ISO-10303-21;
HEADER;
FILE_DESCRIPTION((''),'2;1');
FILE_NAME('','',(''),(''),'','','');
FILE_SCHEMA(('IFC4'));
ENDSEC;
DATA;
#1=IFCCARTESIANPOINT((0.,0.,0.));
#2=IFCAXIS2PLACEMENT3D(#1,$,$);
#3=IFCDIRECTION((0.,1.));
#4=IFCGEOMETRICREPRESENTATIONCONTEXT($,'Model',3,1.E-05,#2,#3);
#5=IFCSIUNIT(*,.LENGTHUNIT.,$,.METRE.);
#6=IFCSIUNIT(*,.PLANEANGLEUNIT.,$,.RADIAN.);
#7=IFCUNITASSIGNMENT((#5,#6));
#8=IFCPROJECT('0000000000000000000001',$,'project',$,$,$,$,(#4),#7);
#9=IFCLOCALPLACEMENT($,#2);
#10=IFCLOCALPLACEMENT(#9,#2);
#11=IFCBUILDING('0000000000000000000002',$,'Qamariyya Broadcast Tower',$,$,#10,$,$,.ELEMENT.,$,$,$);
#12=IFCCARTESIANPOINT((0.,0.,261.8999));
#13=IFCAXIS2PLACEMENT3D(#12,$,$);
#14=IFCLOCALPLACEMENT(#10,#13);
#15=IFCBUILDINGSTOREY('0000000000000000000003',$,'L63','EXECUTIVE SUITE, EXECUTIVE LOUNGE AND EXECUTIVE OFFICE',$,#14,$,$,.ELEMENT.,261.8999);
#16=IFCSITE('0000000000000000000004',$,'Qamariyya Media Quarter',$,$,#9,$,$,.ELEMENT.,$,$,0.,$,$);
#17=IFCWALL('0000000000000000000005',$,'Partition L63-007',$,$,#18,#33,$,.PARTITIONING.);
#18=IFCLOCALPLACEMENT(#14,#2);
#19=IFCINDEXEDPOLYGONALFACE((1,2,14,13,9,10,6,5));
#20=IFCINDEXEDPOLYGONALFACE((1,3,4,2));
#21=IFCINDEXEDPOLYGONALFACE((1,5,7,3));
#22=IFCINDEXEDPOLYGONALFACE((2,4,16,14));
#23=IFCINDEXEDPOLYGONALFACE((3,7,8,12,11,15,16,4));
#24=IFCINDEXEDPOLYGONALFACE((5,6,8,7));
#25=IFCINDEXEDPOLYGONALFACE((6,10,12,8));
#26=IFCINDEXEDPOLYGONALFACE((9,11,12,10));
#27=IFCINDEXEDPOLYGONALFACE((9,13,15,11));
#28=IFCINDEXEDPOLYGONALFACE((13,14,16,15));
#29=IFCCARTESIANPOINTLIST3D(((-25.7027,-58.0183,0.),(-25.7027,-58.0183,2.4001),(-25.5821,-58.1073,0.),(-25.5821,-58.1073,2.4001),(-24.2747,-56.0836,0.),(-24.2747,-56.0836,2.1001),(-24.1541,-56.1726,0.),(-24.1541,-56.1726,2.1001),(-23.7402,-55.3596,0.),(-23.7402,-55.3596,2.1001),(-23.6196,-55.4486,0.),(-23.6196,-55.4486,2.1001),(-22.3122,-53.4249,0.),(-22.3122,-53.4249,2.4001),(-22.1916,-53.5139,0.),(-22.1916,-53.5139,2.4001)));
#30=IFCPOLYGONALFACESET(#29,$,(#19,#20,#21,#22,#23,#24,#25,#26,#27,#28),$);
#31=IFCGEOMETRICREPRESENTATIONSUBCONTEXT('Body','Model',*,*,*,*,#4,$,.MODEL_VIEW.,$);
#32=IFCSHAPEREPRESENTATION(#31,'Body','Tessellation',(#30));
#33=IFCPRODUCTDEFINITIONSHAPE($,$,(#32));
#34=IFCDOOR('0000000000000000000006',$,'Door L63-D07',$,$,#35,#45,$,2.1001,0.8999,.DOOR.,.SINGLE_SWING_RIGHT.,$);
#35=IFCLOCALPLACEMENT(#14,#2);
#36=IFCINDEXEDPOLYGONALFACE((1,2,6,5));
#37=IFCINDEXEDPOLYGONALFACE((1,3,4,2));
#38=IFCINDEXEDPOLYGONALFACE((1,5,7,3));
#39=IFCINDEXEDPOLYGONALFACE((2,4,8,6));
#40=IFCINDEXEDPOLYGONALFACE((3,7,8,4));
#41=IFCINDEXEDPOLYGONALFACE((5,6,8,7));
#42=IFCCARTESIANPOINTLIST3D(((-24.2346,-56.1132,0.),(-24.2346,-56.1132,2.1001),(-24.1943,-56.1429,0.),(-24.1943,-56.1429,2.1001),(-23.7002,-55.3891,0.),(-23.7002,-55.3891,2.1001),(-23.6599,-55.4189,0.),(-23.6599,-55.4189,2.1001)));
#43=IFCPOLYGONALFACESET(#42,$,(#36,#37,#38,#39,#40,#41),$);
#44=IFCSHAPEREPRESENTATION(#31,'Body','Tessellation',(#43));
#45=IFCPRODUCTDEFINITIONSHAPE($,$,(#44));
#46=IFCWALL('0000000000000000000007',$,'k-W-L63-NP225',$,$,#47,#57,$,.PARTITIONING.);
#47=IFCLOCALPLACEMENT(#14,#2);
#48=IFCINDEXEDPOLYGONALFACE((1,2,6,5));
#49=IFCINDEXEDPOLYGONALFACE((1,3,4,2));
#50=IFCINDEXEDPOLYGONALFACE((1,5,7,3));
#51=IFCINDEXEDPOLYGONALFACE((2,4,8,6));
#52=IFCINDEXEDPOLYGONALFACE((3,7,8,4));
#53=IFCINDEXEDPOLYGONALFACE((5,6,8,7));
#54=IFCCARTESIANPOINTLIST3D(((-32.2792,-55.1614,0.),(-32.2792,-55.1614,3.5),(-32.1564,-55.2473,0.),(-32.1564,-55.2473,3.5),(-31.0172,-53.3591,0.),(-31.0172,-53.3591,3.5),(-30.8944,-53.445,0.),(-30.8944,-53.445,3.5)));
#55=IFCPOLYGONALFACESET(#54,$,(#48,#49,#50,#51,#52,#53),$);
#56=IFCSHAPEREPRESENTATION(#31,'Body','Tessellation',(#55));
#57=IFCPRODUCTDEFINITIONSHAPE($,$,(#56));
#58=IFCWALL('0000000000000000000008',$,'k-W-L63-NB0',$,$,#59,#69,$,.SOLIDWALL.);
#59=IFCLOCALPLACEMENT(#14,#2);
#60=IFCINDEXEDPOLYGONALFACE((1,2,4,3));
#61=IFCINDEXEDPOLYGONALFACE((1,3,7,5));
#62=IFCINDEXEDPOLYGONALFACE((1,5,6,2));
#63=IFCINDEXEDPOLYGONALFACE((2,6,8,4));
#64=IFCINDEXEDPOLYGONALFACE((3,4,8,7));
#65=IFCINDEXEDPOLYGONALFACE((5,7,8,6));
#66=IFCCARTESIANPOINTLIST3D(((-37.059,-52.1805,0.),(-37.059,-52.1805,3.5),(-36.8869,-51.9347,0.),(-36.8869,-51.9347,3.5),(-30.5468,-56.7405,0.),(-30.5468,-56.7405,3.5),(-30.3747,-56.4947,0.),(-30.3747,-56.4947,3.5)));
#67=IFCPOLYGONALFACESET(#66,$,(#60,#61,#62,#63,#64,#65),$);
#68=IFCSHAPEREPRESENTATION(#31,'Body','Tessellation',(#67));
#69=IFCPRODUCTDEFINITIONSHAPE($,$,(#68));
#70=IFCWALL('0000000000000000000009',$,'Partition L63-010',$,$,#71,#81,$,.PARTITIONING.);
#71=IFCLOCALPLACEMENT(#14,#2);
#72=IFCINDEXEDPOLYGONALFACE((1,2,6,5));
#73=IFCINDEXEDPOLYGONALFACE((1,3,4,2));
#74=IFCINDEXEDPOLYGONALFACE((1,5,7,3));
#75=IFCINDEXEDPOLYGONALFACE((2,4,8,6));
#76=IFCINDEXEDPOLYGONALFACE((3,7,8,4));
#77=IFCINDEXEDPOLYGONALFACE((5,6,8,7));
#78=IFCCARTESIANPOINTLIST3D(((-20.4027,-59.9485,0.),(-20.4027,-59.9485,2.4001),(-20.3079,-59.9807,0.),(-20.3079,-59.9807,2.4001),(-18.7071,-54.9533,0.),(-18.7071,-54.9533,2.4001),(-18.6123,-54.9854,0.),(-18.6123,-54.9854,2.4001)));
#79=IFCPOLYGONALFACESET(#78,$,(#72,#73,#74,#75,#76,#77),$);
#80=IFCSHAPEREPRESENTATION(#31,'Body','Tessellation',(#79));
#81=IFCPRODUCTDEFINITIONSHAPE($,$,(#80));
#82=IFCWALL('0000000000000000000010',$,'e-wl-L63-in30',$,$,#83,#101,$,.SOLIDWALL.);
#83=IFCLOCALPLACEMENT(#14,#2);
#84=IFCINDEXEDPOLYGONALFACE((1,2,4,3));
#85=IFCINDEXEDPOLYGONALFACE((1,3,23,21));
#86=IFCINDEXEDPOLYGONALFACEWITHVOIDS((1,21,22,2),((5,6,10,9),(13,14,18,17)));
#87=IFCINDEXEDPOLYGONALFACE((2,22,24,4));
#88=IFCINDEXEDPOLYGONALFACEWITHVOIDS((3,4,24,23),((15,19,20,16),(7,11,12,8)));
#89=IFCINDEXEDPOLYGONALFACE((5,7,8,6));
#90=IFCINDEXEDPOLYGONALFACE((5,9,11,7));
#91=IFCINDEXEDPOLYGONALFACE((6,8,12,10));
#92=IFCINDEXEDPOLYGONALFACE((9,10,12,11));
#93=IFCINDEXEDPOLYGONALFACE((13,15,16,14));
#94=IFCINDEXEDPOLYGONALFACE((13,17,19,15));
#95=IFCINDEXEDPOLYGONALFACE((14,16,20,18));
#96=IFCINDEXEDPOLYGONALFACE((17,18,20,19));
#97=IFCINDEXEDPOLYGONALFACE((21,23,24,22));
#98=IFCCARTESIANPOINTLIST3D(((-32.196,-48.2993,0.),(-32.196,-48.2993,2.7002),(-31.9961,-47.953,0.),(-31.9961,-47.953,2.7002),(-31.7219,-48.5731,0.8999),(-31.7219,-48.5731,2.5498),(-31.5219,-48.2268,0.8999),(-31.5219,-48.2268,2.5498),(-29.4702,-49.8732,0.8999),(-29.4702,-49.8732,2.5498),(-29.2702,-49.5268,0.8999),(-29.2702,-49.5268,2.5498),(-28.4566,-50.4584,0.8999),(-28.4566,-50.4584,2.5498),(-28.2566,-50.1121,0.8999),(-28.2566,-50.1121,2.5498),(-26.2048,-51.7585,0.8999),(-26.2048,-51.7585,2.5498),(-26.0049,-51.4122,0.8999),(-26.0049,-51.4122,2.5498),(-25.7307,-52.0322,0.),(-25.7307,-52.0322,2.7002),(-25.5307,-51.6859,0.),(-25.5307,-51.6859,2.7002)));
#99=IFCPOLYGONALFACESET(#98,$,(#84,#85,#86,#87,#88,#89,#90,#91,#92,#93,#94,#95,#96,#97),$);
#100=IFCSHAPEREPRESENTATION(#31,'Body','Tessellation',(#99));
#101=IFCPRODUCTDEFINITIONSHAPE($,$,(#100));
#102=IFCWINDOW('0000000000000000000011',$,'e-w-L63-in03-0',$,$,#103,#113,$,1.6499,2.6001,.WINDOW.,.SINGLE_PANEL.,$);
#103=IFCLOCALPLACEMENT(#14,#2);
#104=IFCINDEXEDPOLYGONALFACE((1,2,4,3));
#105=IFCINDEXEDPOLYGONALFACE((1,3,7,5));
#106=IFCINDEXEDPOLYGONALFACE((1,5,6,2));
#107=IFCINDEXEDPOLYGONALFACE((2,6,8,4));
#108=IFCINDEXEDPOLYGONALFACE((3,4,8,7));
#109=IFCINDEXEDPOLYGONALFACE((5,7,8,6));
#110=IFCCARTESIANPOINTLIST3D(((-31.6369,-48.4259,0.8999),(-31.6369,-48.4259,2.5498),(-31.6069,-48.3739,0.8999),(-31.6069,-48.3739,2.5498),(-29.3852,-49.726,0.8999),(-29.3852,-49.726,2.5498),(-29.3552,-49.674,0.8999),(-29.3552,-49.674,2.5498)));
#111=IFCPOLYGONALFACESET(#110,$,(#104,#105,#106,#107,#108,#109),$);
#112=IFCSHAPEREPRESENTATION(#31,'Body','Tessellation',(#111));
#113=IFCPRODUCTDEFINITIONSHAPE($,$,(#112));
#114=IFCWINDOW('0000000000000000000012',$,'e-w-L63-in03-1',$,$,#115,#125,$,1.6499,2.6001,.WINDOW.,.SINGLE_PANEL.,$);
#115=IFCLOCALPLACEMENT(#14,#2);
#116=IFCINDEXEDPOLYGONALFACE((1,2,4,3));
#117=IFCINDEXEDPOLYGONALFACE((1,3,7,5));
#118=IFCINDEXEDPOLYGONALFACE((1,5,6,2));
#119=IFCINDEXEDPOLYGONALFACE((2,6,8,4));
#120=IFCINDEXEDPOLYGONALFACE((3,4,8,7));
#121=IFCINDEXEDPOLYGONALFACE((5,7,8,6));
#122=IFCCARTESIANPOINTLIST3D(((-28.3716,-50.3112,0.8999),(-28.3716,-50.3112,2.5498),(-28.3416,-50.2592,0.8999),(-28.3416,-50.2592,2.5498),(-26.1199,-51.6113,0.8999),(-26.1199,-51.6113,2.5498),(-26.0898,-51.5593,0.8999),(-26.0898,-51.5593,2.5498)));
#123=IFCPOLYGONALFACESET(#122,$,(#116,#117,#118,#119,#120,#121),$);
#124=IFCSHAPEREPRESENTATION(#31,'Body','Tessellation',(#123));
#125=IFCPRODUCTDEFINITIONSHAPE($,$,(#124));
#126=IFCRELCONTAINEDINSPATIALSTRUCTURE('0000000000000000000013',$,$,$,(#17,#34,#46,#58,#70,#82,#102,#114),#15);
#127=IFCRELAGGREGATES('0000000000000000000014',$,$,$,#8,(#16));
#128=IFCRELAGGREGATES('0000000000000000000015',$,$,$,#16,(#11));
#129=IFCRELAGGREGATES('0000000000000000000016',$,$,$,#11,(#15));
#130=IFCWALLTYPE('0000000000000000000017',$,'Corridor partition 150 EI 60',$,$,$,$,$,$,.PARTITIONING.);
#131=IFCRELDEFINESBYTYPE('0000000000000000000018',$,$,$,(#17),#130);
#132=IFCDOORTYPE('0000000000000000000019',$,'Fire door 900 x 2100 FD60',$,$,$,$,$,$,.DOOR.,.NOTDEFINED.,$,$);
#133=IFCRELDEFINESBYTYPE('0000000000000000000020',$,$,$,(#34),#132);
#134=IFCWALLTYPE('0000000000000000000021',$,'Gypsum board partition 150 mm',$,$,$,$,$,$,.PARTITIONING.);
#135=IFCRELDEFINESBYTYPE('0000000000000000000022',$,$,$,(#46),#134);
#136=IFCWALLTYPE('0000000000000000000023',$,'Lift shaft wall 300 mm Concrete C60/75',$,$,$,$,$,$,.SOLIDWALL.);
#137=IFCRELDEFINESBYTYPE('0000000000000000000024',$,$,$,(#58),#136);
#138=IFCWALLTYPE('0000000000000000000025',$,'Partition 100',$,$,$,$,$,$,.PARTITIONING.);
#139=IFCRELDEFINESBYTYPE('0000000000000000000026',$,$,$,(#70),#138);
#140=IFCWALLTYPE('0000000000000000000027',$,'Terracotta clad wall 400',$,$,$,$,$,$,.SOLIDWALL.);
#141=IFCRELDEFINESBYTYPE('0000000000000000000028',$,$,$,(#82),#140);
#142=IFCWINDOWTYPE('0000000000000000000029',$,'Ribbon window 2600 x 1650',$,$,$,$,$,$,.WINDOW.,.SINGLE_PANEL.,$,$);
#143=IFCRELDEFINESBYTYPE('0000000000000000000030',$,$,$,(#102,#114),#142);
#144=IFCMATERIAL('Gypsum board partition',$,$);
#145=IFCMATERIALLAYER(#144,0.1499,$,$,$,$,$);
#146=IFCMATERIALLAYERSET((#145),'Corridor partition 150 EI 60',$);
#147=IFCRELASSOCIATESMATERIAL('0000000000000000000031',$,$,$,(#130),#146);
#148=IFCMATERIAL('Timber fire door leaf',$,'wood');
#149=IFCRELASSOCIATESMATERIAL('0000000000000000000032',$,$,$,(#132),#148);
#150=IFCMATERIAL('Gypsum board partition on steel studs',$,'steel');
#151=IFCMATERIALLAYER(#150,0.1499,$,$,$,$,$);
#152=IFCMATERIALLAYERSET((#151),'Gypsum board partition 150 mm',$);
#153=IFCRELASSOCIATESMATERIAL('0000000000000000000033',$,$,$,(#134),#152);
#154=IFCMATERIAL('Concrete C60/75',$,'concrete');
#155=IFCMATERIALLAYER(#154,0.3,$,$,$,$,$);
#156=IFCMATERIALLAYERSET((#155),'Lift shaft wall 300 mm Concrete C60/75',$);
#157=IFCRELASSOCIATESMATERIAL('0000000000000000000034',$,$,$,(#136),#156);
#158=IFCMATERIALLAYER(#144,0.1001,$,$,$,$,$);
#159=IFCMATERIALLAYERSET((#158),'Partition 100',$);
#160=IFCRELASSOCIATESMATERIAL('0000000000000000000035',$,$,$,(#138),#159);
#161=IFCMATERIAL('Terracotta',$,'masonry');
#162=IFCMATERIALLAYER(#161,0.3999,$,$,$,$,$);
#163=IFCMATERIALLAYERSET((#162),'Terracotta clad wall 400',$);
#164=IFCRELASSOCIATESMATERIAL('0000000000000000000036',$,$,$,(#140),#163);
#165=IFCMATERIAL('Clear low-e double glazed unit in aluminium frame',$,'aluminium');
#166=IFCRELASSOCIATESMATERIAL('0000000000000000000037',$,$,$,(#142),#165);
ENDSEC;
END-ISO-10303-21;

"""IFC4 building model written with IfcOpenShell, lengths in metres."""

from ifc_helpers import new_model, si_unit, direction, frame, frame_2d, origin, place, context, subcontext, project, spatial, rectangle, extrude, material, layer, layer_set, type_object, element, fill, save


model = new_model("IFC4")

# Units and contexts
model_context = context("Model", 3, precision=1e-05, world=origin(), true_north=direction((0.0, 1.0)))
body_context = subcontext(model_context, "Body", "Model", "MODEL_VIEW")
ifc_project = project(units=[si_unit("LENGTHUNIT", "METRE"), si_unit("PLANEANGLEUNIT", "RADIAN")], contexts=[model_context])

# Site, building, storey
site_placement = place(None, origin())
site = spatial("IfcSite", under=ifc_project, at=site_placement, Name="Qamariyya Media Quarter", CompositionType="ELEMENT", RefElevation=0.0)
building_placement = place(site_placement, origin())
building = spatial("IfcBuilding", under=site, at=building_placement, Name="Qamariyya Broadcast Tower", CompositionType="ELEMENT")
storey_placement = place(building_placement, frame((0.0, 0.0, 261.8999)))
storey = spatial("IfcBuildingStorey", under=building, at=storey_placement, Name="L63", Description="EXECUTIVE SUITE, EXECUTIVE LOUNGE AND EXECUTIVE OFFICE", CompositionType="ELEMENT", Elevation=261.8999)

# Shared definitions
ifc_material_1 = material(Name="Concrete C60/75", Category="concrete")

# Wall, opening, door
ifc_material_2 = material(Name="Gypsum board partition")
ifc_layer_1 = layer(ifc_material_2, 0.1499)
ifc_layer_set_1 = layer_set([ifc_layer_1], Name="Corridor partition 150 EI 60")
wall_type_1 = type_object("IfcWallType", Name="Corridor partition 150 EI 60", PredefinedType="PARTITIONING", material=ifc_layer_set_1)
wall_1_placement = place(storey_placement, frame((-22.252, -53.4695, 0.0), z_axis=(0.0, 0.0, 1.0), x_axis=(-0.593873, -0.804559, 0.0)))
wall_1 = element("IfcWall", 1, at=wall_1_placement, inside=storey, type_object=wall_type_1, Name="Partition L63-007", PredefinedType="PARTITIONING", context=body_context, shape_type="SweptSolid", body=[
    extrude(rectangle(XDim=5.7092, YDim=0.1499, at=frame_2d((2.8545, 0.0))), origin(), (0.0, 0.0, 1.0), 2.4001),
])
opening_1_placement = place(wall_1_placement, frame((2.4045, 0.0, 0.0)))
opening_1 = element("IfcOpeningElement", 2, at=opening_1_placement, cuts=wall_1, PredefinedType="OPENING", context=body_context, shape_type="SweptSolid", body=[
    extrude(rectangle(XDim=0.8999, YDim=2.1001, at=frame_2d((0.45, 1.05))), frame((0.0, 0.085, 0.0), z_axis=(0.0, -1.0, 0.0), x_axis=(1.0, 0.0, 0.0)), (0.0, 0.0, 1.0), 0.1699),
])
ifc_material_3 = material(Name="Timber fire door leaf", Category="wood")
door_type_1 = type_object("IfcDoorType", Name="Fire door 900 x 2100 FD60", OperationType="NOTDEFINED", PredefinedType="DOOR", material=ifc_material_3)
door_1_placement = place(opening_1_placement, origin())
door_1 = element("IfcDoor", 3, at=door_1_placement, inside=storey, type_object=door_type_1, Name="Door L63-D07", OperationType="SINGLE_SWING_RIGHT", OverallHeight=2.1001, OverallWidth=0.8999, PredefinedType="DOOR", context=body_context, shape_type="SweptSolid", body=[
    extrude(rectangle(XDim=0.8999, YDim=2.1001, at=frame_2d((0.45, 1.05))), frame((0.0, 0.0249, 0.0), z_axis=(0.0, -1.0, 0.0), x_axis=(1.0, 0.0, 0.0)), (0.0, 0.0, 1.0), 0.05),
])
fill(opening_1, door_1)

# Walls
ifc_material_4 = material(Name="Gypsum board partition on steel studs", Category="steel")
ifc_layer_2 = layer(ifc_material_4, 0.1499)
ifc_layer_set_2 = layer_set([ifc_layer_2], Name="Gypsum board partition 150 mm")
wall_type_2 = type_object("IfcWallType", Name="Gypsum board partition 150 mm", PredefinedType="PARTITIONING", material=ifc_layer_set_2)
wall_2_placement = place(storey_placement, frame((-32.2178, -55.2043, 0.0), z_axis=(0.0, 0.0, 1.0), x_axis=(0.573581, 0.819149, 0.0)))
element("IfcWall", 4, at=wall_2_placement, inside=storey, type_object=wall_type_2, Name="k-W-L63-NP225", PredefinedType="PARTITIONING", context=body_context, shape_type="SweptSolid", body=[
    extrude(rectangle(XDim=2.2002, YDim=0.1499, at=frame_2d((1.1001, 0.0))), origin(), (0.0, 0.0, 1.0), 3.5),
])
ifc_layer_3 = layer(ifc_material_1, 0.3)
ifc_layer_set_3 = layer_set([ifc_layer_3], Name="Lift shaft wall 300 mm Concrete C60/75")
wall_type_3 = type_object("IfcWallType", Name="Lift shaft wall 300 mm Concrete C60/75", PredefinedType="SOLIDWALL", material=ifc_layer_set_3)
wall_3_placement = place(storey_placement, frame((-30.4607, -56.6177, 0.0), z_axis=(0.0, 0.0, 1.0), x_axis=(-0.819142, 0.57359, 0.0)))
element("IfcWall", 5, at=wall_3_placement, inside=storey, type_object=wall_type_3, Name="k-W-L63-NB0", PredefinedType="SOLIDWALL", context=body_context, shape_type="SweptSolid", body=[
    extrude(rectangle(XDim=7.95, YDim=0.3, at=frame_2d((3.9751, 0.0))), origin(), (0.0, 0.0, 1.0), 3.5),
])
ifc_layer_4 = layer(ifc_material_2, 0.1001)
ifc_layer_set_4 = layer_set([ifc_layer_4], Name="Partition 100")
wall_type_4 = type_object("IfcWallType", Name="Partition 100", PredefinedType="PARTITIONING", material=ifc_layer_set_4)
wall_4_placement = place(storey_placement, frame((-18.6597, -54.9692, 0.0), z_axis=(0.0, 0.0, 1.0), x_axis=(-0.32143, -0.946933, 0.0)))
element("IfcWall", 6, at=wall_4_placement, inside=storey, type_object=wall_type_4, Name="Partition L63-010", PredefinedType="PARTITIONING", context=body_context, shape_type="SweptSolid", body=[
    extrude(rectangle(XDim=5.2751, YDim=0.1001, at=frame_2d((2.6377, 0.0))), origin(), (0.0, 0.0, 1.0), 2.4001),
])

# Wall, openings, windows
ifc_material_5 = material(Name="Terracotta", Category="masonry")
ifc_layer_5 = layer(ifc_material_5, 0.3999)
ifc_layer_set_5 = layer_set([ifc_layer_5], Name="Terracotta clad wall 400")
wall_type_5 = type_object("IfcWallType", Name="Terracotta clad wall 400", PredefinedType="SOLIDWALL", material=ifc_layer_set_5)
wall_5_placement = place(storey_placement, frame((-25.6306, -51.8591, 0.0), z_axis=(0.0, 0.0, 1.0), x_axis=(-0.866017, 0.500015, 0.0)))
wall_5 = element("IfcWall", 7, at=wall_5_placement, inside=storey, type_object=wall_type_5, Name="e-wl-L63-in30", PredefinedType="SOLIDWALL", context=body_context, shape_type="SweptSolid", body=[
    extrude(rectangle(XDim=7.4656, YDim=0.3999, at=frame_2d((3.7329, 0.0))), origin(), (0.0, 0.0, 1.0), 2.7002),
])
opening_2_placement = place(wall_5_placement, frame((4.3181, 0.0, 0.8999)))
opening_2 = element("IfcOpeningElement", 8, at=opening_2_placement, cuts=wall_5, PredefinedType="OPENING", context=body_context, shape_type="SweptSolid", body=[
    extrude(rectangle(XDim=2.6001, YDim=1.6499, at=frame_2d((1.3, 0.825))), frame((0.0, 0.21, 0.0), z_axis=(0.0, -1.0, 0.0), x_axis=(1.0, 0.0, 0.0)), (0.0, 0.0, 1.0), 0.4199),
])
opening_3_placement = place(wall_5_placement, frame((0.5476, 0.0, 0.8999)))
opening_3 = element("IfcOpeningElement", 9, at=opening_3_placement, cuts=wall_5, PredefinedType="OPENING", context=body_context, shape_type="SweptSolid", body=[
    extrude(rectangle(XDim=2.6001, YDim=1.6499, at=frame_2d((1.3, 0.825))), frame((0.0, 0.21, 0.0), z_axis=(0.0, -1.0, 0.0), x_axis=(1.0, 0.0, 0.0)), (0.0, 0.0, 1.0), 0.4199),
])
ifc_material_6 = material(Name="Clear low-e double glazed unit in aluminium frame", Category="aluminium")
window_type = type_object("IfcWindowType", Name="Ribbon window 2600 x 1650", PartitioningType="SINGLE_PANEL", PredefinedType="WINDOW", material=ifc_material_6)
window_1_placement = place(opening_2_placement, origin())
window_1 = element("IfcWindow", 10, at=window_1_placement, inside=storey, type_object=window_type, Name="e-w-L63-in03-0", OverallHeight=1.6499, OverallWidth=2.6001, PartitioningType="SINGLE_PANEL", PredefinedType="WINDOW", context=body_context, shape_type="SweptSolid", body=[
    extrude(rectangle(XDim=2.6001, YDim=1.6499, at=frame_2d((1.3, 0.825))), frame((0.0, 0.03, 0.0), z_axis=(0.0, -1.0, 0.0), x_axis=(1.0, 0.0, 0.0)), (0.0, 0.0, 1.0), 0.0601),
])
fill(opening_2, window_1)
window_2_placement = place(opening_3_placement, origin())
window_2 = element("IfcWindow", 11, at=window_2_placement, inside=storey, type_object=window_type, Name="e-w-L63-in03-1", OverallHeight=1.6499, OverallWidth=2.6001, PartitioningType="SINGLE_PANEL", PredefinedType="WINDOW", context=body_context, shape_type="SweptSolid", body=[
    extrude(rectangle(XDim=2.6001, YDim=1.6499, at=frame_2d((1.3, 0.825))), frame((0.0, 0.03, 0.0), z_axis=(0.0, -1.0, 0.0), x_axis=(1.0, 0.0, 0.0)), (0.0, 0.0, 1.0), 0.0601),
])
fill(opening_3, window_2)

save(model, "model.ifc")
